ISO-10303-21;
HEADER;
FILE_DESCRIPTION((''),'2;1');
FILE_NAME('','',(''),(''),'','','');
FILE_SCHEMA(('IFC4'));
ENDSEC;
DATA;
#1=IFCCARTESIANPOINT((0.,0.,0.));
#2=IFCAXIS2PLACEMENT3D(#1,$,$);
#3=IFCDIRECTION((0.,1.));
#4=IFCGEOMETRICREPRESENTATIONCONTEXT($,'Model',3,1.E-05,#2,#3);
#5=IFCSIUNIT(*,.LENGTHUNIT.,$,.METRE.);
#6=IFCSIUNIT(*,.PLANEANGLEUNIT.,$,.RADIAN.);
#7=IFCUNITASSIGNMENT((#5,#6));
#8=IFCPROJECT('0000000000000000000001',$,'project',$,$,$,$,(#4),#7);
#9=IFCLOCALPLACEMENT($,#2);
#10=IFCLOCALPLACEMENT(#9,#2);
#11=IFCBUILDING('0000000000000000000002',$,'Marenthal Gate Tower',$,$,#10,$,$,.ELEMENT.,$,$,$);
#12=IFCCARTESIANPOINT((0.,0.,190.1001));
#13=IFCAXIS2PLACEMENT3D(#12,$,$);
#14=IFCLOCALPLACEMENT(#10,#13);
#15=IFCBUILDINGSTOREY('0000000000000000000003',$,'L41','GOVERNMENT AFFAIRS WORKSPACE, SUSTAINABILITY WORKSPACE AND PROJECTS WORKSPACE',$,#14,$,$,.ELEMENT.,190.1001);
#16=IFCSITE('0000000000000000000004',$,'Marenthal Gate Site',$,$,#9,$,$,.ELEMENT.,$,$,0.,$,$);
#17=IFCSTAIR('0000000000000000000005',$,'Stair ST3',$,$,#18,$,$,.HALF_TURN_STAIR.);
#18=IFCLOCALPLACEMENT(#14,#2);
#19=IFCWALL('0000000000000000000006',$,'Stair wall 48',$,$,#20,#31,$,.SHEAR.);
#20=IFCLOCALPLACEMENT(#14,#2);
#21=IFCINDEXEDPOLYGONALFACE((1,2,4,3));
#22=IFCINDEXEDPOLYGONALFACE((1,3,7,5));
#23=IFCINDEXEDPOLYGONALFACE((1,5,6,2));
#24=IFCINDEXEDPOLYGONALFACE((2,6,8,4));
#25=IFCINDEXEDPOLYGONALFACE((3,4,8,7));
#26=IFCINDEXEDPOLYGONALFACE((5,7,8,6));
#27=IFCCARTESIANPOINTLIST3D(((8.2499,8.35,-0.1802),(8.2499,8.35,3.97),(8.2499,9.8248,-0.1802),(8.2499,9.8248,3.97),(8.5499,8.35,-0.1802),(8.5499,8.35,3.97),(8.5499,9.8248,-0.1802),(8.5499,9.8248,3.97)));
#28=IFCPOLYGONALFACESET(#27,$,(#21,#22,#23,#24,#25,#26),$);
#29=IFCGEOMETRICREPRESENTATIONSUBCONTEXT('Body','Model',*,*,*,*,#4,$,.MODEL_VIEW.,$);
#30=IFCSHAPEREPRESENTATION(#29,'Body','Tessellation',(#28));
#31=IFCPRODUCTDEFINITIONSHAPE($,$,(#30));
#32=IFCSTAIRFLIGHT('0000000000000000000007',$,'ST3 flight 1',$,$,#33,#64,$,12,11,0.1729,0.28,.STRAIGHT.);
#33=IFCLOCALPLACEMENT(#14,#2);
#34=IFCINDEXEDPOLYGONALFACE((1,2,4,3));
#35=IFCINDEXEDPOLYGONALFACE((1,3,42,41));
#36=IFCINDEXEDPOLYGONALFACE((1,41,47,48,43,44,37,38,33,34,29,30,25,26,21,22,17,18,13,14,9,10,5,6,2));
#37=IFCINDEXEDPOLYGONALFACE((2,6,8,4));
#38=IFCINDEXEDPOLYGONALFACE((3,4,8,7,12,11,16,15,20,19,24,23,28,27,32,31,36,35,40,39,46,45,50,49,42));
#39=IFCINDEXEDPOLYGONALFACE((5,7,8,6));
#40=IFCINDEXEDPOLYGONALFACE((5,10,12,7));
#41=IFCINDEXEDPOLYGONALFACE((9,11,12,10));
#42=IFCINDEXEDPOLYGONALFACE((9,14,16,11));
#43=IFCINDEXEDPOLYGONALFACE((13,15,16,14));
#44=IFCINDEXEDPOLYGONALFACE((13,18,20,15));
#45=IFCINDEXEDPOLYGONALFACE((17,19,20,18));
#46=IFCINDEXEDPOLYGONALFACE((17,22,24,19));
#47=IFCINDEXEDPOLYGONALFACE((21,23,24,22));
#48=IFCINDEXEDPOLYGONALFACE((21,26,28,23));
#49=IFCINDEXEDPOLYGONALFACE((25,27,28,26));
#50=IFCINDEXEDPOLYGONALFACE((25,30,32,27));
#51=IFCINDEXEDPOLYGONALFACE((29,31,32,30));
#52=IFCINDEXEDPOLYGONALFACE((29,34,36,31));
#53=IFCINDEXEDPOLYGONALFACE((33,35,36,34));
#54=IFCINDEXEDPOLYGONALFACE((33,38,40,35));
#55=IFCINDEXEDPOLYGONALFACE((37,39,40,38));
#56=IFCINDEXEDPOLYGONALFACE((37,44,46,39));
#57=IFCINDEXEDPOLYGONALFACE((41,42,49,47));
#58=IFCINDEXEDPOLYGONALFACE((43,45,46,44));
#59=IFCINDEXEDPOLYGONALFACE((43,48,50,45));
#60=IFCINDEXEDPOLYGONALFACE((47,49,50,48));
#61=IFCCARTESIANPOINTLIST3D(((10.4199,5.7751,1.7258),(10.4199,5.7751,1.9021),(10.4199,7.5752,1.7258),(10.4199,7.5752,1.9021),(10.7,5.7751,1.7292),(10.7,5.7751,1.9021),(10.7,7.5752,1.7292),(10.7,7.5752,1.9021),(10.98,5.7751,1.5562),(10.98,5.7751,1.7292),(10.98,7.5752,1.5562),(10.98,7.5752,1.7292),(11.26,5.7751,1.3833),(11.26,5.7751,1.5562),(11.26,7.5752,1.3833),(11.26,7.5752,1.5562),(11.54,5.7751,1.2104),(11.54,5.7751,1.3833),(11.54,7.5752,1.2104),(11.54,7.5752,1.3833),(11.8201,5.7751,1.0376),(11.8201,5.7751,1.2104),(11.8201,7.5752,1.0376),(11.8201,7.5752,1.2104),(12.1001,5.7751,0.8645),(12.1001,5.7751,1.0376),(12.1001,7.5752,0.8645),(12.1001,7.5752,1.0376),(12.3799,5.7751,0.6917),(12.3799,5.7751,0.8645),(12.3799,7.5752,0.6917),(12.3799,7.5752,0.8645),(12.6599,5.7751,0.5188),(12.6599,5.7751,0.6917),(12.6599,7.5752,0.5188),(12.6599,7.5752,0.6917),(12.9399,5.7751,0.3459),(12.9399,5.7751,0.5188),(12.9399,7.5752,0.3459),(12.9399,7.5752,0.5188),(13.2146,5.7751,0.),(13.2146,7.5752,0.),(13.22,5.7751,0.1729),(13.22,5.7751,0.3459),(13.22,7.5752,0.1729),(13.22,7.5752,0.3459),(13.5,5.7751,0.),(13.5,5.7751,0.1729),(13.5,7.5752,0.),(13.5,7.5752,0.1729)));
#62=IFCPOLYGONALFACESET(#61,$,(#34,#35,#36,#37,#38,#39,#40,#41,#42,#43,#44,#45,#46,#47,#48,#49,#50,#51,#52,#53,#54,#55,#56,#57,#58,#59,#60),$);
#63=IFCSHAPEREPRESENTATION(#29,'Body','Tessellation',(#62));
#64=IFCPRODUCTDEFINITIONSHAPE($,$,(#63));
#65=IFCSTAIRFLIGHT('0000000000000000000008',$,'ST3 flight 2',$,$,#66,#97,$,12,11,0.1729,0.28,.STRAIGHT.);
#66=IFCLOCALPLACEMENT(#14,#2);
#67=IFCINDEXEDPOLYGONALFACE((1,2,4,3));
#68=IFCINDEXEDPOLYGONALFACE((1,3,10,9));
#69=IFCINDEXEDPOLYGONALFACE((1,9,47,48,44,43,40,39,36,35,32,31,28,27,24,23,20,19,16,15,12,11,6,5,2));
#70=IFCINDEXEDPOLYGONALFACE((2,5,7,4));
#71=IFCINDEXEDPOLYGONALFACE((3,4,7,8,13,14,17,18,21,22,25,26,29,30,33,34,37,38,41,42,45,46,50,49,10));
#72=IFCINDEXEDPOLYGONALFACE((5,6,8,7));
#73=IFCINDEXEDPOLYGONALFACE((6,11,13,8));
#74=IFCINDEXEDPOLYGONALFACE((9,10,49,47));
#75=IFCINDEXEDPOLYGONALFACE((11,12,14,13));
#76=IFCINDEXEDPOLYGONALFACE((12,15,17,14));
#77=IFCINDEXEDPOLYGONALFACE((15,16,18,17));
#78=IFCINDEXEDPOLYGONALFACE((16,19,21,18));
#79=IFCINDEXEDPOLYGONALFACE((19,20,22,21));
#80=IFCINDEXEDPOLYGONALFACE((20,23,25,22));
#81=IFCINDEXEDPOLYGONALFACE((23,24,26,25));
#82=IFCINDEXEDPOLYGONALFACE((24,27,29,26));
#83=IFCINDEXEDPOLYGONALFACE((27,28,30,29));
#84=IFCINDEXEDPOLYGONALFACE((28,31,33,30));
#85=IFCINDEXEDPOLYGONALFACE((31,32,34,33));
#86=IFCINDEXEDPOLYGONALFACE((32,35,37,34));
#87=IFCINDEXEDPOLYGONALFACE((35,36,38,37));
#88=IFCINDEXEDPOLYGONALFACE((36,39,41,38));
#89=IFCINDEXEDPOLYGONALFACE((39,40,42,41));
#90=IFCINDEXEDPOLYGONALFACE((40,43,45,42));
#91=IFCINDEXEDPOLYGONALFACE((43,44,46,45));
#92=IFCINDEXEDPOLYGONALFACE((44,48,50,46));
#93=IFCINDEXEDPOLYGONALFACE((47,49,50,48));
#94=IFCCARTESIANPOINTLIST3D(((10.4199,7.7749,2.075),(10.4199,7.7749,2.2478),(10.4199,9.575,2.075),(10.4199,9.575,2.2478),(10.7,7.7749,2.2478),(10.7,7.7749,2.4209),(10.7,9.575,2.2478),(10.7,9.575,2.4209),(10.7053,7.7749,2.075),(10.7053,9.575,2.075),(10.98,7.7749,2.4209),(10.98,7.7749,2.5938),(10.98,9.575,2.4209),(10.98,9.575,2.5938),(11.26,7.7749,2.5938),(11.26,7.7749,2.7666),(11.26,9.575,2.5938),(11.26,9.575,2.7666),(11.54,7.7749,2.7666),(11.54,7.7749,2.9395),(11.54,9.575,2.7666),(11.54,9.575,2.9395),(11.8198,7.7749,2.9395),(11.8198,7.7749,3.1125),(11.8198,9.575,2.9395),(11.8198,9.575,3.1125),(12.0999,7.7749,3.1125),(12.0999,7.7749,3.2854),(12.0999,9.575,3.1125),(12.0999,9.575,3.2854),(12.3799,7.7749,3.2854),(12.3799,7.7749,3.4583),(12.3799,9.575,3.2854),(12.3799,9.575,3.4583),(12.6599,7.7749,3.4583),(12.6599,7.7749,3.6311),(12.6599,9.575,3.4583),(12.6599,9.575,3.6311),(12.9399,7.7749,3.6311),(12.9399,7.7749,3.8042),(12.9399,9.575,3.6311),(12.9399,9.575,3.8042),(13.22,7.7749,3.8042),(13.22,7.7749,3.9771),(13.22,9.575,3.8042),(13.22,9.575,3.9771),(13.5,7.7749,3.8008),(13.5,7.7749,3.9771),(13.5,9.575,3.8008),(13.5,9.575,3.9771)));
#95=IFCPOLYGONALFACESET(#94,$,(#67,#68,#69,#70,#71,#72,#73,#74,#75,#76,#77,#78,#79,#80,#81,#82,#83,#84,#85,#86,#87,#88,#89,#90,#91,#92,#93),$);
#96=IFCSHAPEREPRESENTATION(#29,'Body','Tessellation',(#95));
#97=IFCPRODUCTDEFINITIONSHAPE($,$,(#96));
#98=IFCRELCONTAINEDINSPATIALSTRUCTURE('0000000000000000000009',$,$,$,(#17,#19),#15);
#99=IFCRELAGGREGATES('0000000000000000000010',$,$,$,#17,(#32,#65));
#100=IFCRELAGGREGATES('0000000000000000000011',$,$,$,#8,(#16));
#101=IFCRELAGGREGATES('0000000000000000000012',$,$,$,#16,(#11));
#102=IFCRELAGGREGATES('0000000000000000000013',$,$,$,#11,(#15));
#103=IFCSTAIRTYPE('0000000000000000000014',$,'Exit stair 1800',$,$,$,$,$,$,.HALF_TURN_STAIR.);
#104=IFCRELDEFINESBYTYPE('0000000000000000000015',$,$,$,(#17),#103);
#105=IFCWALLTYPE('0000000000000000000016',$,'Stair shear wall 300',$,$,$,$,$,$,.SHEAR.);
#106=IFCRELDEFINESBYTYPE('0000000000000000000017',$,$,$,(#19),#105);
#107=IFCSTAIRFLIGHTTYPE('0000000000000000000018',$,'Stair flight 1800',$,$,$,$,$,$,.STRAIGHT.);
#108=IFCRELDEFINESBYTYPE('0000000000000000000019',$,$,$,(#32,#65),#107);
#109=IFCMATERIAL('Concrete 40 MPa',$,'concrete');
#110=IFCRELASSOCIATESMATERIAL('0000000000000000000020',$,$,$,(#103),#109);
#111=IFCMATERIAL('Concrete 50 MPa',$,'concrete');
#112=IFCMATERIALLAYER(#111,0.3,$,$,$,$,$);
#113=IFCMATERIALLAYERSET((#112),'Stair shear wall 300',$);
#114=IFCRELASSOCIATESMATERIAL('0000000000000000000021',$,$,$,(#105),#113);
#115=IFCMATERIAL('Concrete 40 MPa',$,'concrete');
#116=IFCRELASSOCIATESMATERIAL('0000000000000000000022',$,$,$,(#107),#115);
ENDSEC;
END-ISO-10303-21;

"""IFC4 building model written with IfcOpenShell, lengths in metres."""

from ifc_helpers import new_model, si_unit, direction, frame, frame_2d, origin, place, context, subcontext, project, spatial, polyline, rectangle, outline, extrude, material, layer, layer_set, type_object, element, aggregate, save


model = new_model("IFC4")

# Units and contexts
model_context = context("Model", 3, precision=1e-05, world=origin(), true_north=direction((0.0, 1.0)))
body_context = subcontext(model_context, "Body", "Model", "MODEL_VIEW")
ifc_project = project(units=[si_unit("LENGTHUNIT", "METRE"), si_unit("PLANEANGLEUNIT", "RADIAN")], contexts=[model_context])

# Site, building, storey
site_placement = place(None, origin())
site = spatial("IfcSite", under=ifc_project, at=site_placement, Name="Marenthal Gate Site", CompositionType="ELEMENT", RefElevation=0.0)
building_placement = place(site_placement, origin())
building = spatial("IfcBuilding", under=site, at=building_placement, Name="Marenthal Gate Tower", CompositionType="ELEMENT")
storey_placement = place(building_placement, frame((0.0, 0.0, 190.1001)))
storey = spatial("IfcBuildingStorey", under=building, at=storey_placement, Name="L41", Description="GOVERNMENT AFFAIRS WORKSPACE, SUSTAINABILITY WORKSPACE AND PROJECTS WORKSPACE", CompositionType="ELEMENT", Elevation=190.1001)

# Stair
ifc_material_1 = material(Name="Concrete 40 MPa", Category="concrete")
stair_type = type_object("IfcStairType", Name="Exit stair 1800", PredefinedType="HALF_TURN_STAIR", material=ifc_material_1)
stair_1_placement = place(storey_placement, origin())
stair_1 = element("IfcStair", 1, at=stair_1_placement, inside=storey, type_object=stair_type, Name="Stair ST3", PredefinedType="HALF_TURN_STAIR")

# Wall
ifc_material_2 = material(Name="Concrete 50 MPa", Category="concrete")
ifc_layer_1 = layer(ifc_material_2, 0.3)
ifc_layer_set_1 = layer_set([ifc_layer_1], Name="Stair shear wall 300")
wall_type_1 = type_object("IfcWallType", Name="Stair shear wall 300", PredefinedType="SHEAR", material=ifc_layer_set_1)
wall_1_placement = place(storey_placement, frame((8.3999, 8.3501, -0.1802), z_axis=(0.0, 0.0, 1.0), x_axis=(0.0, 1.0, 0.0)))
element("IfcWall", 2, at=wall_1_placement, inside=storey, type_object=wall_type_1, Name="Stair wall 48", PredefinedType="SHEAR", context=body_context, shape_type="SweptSolid", body=[
    extrude(rectangle(XDim=1.4749, YDim=0.3, at=frame_2d((0.7373, 0.0))), origin(), (0.0, 0.0, 1.0), 4.1501),
])

# Stair flights
ifc_material_3 = material(Name="Concrete 40 MPa", Category="concrete")
stair_flight_type = type_object("IfcStairFlightType", Name="Stair flight 1800", PredefinedType="STRAIGHT", material=ifc_material_3)
stair_flight_1_placement = place(storey_placement, frame((13.5, 6.675, 0.0), z_axis=(0.0, 0.0, 1.0), x_axis=(-1.0, 0.0, 0.0)))
stair_flight_1 = element("IfcStairFlight", 3, at=stair_flight_1_placement, type_object=stair_flight_type, Name="ST3 flight 1", NumberOfRisers=12, NumberOfTreads=11, PredefinedType="STRAIGHT", RiserHeight=0.1729, TreadLength=0.28, context=body_context, shape_type="SweptSolid", body=[
    extrude(outline(polyline([(0.0, 0.0), (0.0, 0.1729), (0.28, 0.1729), (0.28, 0.3459), (0.5601, 0.3459), (0.5601, 0.5188), (0.8401, 0.5188), (0.8401, 0.6917), (1.1201, 0.6917), (1.1201, 0.8645), (1.3999, 0.8645), (1.3999, 1.0376), (1.6799, 1.0376), (1.6799, 1.2104), (1.96, 1.2104), (1.96, 1.3833), (2.24, 1.3833), (2.24, 1.5562), (2.52, 1.5562), (2.52, 1.7292), (2.8, 1.7292), (2.8, 1.9021), (3.0801, 1.9021), (3.0801, 2.075), (3.0801, 1.7258), (0.2854, 0.0), (0.0, 0.0)])), frame((0.0, 0.8999, 0.0), z_axis=(0.0, -1.0, 0.0), x_axis=(1.0, 0.0, 0.0)), (0.0, 0.0, 1.0), 1.8),
])
stair_flight_2_placement = place(storey_placement, frame((10.4199, 8.675, 2.075), z_axis=(0.0, 0.0, 1.0), x_axis=(1.0, 0.0, 0.0)))
stair_flight_2 = element("IfcStairFlight", 4, at=stair_flight_2_placement, type_object=stair_flight_type, Name="ST3 flight 2", NumberOfRisers=12, NumberOfTreads=11, PredefinedType="STRAIGHT", RiserHeight=0.1729, TreadLength=0.28, context=body_context, shape_type="SweptSolid", body=[
    extrude(outline(polyline([(0.0, 0.0), (0.0, 0.1729), (0.28, 0.1729), (0.28, 0.3459), (0.5601, 0.3459), (0.5601, 0.5188), (0.8401, 0.5188), (0.8401, 0.6917), (1.1201, 0.6917), (1.1201, 0.8645), (1.3999, 0.8645), (1.3999, 1.0376), (1.6799, 1.0376), (1.6799, 1.2104), (1.96, 1.2104), (1.96, 1.3833), (2.24, 1.3833), (2.24, 1.5562), (2.52, 1.5562), (2.52, 1.7292), (2.8, 1.7292), (2.8, 1.9021), (3.0801, 1.9021), (3.0801, 2.075), (3.0801, 1.7258), (0.2854, 0.0), (0.0, 0.0)])), frame((0.0, 0.8999, 0.0), z_axis=(0.0, -1.0, 0.0), x_axis=(1.0, 0.0, 0.0)), (0.0, 0.0, 1.0), 1.8),
])
aggregate(stair_1, [stair_flight_1, stair_flight_2])

save(model, "model.ifc")
